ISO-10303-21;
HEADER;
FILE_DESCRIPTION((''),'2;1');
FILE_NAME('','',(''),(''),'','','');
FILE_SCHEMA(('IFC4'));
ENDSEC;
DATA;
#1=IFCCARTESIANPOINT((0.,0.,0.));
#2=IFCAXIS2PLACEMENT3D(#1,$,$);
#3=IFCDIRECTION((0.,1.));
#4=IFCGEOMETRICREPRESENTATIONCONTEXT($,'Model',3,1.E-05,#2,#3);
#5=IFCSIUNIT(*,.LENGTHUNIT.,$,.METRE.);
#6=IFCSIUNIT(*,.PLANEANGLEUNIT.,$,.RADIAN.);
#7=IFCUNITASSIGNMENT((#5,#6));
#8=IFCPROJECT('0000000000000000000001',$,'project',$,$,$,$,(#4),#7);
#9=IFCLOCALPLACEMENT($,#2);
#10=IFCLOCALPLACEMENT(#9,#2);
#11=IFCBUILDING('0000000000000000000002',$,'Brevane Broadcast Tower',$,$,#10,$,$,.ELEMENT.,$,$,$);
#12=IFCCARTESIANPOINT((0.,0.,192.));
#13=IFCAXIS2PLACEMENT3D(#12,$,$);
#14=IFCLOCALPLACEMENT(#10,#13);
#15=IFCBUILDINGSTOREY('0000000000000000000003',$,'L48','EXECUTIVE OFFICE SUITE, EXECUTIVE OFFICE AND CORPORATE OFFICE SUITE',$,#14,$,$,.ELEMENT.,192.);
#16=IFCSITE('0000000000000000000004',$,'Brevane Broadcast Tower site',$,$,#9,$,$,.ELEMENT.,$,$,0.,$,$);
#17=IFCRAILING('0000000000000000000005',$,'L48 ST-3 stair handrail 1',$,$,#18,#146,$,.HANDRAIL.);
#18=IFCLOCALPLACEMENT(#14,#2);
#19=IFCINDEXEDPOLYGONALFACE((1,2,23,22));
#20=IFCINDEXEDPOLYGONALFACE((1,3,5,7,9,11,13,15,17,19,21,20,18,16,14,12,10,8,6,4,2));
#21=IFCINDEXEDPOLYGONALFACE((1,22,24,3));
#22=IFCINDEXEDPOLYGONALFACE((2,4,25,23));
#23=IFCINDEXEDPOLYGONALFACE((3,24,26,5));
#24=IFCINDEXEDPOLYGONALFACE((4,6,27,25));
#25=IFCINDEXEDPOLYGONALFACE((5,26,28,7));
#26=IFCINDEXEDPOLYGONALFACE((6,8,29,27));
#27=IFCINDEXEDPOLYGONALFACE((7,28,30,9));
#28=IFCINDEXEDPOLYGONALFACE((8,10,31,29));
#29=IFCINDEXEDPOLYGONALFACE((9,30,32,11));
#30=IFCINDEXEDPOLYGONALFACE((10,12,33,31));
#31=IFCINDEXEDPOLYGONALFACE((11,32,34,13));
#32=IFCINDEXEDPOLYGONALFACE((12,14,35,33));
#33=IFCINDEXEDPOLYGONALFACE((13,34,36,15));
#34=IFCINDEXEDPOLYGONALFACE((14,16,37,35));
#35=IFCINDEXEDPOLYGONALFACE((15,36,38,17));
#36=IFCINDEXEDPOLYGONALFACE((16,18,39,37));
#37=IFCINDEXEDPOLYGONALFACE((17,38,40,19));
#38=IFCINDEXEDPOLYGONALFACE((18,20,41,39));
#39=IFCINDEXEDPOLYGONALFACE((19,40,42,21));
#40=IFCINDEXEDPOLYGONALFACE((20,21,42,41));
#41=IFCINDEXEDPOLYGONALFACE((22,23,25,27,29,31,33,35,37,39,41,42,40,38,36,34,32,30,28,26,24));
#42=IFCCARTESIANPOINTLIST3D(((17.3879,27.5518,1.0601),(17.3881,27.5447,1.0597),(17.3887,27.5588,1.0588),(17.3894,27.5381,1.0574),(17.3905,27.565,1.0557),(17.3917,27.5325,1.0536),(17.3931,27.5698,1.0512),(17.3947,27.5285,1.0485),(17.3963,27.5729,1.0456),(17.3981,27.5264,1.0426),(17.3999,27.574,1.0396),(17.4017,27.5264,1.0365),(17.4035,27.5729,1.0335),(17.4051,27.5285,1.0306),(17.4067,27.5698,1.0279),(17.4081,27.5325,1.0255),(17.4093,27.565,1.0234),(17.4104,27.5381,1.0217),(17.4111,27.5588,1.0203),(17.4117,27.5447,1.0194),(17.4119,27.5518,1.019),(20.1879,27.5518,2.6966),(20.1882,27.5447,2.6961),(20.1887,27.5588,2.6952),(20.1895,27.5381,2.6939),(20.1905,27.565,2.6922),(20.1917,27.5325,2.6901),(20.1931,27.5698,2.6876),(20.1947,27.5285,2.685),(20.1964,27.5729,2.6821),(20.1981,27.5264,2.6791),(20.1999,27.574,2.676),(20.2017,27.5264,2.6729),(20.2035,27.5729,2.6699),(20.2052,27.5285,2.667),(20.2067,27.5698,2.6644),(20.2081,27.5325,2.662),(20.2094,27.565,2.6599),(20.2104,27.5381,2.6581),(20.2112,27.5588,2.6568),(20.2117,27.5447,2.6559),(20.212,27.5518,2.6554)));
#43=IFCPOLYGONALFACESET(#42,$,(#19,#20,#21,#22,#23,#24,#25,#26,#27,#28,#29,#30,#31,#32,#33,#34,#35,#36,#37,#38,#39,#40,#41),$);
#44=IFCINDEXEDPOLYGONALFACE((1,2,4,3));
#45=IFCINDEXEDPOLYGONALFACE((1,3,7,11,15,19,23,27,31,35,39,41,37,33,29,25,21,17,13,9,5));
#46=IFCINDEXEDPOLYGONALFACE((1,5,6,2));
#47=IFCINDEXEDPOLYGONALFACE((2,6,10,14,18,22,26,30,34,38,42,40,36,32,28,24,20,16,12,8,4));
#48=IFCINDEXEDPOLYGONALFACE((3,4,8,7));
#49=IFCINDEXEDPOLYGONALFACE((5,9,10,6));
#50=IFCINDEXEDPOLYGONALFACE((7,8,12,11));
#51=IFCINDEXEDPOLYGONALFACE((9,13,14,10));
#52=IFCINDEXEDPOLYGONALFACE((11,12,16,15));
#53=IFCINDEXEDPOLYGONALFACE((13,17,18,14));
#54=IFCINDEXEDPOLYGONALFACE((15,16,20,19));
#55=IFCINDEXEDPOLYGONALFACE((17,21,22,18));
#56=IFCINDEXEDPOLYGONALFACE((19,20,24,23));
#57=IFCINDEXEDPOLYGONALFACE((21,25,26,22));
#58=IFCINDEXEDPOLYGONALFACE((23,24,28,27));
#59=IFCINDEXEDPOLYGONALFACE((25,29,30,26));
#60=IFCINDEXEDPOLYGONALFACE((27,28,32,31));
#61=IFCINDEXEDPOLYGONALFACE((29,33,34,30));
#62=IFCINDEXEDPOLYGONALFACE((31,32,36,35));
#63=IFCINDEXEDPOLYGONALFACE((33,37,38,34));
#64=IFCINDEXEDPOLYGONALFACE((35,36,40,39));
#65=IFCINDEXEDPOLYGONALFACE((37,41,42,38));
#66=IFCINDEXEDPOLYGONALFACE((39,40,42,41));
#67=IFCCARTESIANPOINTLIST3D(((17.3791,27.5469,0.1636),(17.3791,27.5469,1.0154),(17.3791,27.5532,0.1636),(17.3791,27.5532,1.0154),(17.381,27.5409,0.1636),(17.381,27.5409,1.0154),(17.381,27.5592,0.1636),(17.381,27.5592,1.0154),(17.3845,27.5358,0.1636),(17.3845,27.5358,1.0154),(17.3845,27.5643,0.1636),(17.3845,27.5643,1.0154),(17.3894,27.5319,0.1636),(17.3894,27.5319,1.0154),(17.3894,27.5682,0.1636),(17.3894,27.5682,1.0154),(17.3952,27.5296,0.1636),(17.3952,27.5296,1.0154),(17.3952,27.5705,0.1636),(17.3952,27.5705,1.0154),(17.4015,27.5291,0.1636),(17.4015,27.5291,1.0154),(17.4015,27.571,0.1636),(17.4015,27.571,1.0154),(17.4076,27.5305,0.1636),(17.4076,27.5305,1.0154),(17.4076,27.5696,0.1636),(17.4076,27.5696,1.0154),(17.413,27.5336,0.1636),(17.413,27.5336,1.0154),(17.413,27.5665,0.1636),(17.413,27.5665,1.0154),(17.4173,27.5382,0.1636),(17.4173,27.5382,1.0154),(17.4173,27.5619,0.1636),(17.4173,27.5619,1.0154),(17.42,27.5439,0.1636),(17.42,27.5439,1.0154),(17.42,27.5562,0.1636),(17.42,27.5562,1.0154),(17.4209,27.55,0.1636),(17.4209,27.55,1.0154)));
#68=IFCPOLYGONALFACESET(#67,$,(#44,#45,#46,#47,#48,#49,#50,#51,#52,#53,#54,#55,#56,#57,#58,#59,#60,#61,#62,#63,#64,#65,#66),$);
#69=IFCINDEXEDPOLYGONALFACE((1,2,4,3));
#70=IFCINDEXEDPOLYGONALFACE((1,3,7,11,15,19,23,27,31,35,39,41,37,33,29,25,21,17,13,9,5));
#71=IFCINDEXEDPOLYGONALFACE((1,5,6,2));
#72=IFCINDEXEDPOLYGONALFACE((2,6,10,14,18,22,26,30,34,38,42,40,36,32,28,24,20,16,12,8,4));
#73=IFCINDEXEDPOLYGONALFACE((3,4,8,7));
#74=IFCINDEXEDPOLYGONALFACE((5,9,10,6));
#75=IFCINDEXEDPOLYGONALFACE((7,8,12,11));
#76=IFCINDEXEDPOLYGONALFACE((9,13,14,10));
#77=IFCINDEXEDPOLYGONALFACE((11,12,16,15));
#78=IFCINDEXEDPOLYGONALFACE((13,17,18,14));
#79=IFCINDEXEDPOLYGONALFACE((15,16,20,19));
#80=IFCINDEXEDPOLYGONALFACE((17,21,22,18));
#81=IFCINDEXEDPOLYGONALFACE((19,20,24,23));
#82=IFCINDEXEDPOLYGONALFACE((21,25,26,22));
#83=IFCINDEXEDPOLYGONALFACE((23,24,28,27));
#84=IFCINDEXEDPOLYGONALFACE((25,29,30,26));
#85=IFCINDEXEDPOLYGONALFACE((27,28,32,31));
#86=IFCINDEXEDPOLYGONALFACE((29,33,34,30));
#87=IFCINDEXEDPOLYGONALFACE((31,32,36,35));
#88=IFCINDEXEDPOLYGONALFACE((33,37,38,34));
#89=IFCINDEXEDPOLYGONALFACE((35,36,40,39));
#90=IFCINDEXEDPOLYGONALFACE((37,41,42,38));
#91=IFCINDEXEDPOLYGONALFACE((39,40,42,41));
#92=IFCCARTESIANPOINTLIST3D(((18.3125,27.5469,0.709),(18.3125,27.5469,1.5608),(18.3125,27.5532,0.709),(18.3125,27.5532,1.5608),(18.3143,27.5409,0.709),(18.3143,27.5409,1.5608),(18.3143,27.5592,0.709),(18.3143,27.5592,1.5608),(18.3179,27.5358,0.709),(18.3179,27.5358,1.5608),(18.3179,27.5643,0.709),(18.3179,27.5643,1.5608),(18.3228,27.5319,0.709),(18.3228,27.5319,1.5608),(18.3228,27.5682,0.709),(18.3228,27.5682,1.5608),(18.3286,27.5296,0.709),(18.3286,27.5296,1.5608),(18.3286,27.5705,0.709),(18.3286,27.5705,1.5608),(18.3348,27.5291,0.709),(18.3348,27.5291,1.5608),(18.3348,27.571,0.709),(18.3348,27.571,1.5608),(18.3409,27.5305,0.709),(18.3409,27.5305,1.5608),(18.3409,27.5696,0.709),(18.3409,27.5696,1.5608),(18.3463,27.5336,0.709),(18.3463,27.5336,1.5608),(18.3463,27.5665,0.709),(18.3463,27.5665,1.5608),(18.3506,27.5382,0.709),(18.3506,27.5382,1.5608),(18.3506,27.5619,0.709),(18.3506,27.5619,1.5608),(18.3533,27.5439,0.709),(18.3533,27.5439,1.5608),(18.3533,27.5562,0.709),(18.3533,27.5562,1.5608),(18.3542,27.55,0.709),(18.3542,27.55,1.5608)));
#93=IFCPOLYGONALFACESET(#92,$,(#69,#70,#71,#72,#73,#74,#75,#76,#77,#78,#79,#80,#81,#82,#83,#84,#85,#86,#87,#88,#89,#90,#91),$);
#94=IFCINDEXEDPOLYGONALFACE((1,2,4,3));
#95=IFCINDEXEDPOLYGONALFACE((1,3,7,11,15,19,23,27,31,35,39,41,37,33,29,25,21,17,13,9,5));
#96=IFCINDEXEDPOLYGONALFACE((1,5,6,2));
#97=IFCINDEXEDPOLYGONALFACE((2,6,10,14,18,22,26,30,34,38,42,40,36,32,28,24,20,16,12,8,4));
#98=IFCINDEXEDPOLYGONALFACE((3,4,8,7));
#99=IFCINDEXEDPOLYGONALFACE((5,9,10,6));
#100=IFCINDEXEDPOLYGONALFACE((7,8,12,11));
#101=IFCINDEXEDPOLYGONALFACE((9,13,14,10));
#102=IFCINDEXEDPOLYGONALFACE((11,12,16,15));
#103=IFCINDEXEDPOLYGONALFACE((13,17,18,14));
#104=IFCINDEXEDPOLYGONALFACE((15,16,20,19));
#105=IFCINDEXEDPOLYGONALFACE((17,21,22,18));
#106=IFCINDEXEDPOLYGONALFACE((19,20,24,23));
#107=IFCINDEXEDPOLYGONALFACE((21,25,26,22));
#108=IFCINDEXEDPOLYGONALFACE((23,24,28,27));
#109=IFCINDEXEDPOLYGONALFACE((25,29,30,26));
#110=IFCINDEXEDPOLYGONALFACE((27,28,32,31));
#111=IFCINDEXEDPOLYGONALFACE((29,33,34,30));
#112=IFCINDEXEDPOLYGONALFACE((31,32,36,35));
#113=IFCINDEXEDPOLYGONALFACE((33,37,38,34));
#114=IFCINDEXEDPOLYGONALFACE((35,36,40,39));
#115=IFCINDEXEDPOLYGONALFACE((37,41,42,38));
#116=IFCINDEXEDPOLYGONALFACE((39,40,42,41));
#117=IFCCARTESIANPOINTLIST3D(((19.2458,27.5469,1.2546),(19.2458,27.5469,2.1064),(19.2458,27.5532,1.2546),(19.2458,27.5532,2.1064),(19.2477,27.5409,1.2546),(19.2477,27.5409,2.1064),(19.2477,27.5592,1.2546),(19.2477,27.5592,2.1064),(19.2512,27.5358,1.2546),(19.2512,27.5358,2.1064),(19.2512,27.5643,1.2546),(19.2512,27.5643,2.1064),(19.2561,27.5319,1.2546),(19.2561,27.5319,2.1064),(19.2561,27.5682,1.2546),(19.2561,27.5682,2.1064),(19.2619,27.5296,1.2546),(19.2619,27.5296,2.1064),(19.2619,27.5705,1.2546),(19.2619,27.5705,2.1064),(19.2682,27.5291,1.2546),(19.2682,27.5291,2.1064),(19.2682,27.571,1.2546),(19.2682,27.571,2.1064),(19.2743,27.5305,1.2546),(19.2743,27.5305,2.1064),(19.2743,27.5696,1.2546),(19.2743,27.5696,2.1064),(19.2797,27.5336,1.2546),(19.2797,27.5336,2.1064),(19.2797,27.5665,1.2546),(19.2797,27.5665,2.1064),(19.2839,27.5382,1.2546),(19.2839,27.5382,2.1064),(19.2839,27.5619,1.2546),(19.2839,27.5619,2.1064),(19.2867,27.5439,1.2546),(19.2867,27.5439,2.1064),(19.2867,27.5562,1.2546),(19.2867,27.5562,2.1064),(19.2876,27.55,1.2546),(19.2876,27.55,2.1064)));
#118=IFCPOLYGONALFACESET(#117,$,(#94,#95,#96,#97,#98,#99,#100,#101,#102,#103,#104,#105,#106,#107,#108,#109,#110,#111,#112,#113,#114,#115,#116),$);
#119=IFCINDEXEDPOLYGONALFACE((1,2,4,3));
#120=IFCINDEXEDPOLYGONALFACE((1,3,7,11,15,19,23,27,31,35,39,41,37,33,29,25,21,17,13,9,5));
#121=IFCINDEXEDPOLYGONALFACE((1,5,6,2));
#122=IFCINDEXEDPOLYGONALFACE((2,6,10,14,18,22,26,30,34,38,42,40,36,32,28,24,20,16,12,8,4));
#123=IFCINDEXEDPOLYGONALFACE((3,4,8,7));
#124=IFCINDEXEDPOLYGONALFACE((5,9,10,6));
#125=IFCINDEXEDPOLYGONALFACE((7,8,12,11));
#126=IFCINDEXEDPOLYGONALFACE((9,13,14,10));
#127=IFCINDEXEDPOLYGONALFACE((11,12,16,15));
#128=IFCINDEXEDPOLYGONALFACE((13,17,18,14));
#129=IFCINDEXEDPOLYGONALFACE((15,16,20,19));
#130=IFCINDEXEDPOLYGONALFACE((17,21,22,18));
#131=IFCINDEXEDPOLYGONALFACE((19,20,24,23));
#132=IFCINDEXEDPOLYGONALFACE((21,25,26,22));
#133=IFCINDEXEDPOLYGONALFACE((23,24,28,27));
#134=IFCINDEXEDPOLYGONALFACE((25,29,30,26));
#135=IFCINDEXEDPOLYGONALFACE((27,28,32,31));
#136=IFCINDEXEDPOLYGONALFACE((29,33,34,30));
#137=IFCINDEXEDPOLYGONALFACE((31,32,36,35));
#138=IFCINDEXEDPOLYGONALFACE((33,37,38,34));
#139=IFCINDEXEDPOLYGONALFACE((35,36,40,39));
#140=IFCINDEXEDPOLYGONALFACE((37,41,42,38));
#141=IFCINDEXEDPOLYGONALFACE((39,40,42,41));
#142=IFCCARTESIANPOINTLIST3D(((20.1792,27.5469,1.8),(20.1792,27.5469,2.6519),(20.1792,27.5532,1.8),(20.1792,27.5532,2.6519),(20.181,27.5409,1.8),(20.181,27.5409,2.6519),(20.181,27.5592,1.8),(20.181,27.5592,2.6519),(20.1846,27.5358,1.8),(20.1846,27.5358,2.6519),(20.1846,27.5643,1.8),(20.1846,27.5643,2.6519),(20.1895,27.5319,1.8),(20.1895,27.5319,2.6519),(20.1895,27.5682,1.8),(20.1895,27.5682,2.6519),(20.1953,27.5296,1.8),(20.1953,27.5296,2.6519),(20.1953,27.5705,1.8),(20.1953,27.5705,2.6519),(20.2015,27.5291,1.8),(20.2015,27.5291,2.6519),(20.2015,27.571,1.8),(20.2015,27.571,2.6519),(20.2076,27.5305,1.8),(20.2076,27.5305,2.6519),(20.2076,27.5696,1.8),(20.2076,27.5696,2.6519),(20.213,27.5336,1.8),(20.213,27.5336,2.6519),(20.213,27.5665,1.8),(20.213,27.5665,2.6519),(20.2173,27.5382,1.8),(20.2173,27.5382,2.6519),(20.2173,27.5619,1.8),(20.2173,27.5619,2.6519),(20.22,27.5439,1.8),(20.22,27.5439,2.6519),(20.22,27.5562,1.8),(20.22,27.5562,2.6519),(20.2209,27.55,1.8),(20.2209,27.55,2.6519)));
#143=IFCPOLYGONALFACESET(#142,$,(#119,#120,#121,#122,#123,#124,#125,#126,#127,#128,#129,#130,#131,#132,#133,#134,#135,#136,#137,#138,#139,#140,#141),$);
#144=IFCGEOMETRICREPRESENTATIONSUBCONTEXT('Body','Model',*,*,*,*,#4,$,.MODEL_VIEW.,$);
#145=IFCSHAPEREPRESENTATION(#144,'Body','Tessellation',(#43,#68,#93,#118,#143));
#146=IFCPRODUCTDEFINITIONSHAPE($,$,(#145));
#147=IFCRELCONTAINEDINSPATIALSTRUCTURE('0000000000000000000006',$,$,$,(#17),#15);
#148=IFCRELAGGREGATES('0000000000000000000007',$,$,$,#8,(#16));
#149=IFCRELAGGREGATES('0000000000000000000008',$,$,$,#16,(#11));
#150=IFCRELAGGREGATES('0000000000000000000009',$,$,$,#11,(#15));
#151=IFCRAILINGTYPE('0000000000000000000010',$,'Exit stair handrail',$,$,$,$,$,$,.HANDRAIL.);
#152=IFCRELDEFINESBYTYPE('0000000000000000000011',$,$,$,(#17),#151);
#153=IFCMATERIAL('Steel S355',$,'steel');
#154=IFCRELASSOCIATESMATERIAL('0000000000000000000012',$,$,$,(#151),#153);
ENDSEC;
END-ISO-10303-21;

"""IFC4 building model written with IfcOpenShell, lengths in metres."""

from ifc_helpers import new_model, si_unit, direction, frame, origin, origin_2d, place, context, subcontext, project, spatial, circle, extrude, material, type_object, element, save


model = new_model("IFC4")

# Units and contexts
model_context = context("Model", 3, precision=1e-05, world=origin(), true_north=direction((0.0, 1.0)))
body_context = subcontext(model_context, "Body", "Model", "MODEL_VIEW")
ifc_project = project(units=[si_unit("LENGTHUNIT", "METRE"), si_unit("PLANEANGLEUNIT", "RADIAN")], contexts=[model_context])

# Site, building, storey
site_placement = place(None, origin())
site = spatial("IfcSite", under=ifc_project, at=site_placement, Name="Brevane Broadcast Tower site", CompositionType="ELEMENT", RefElevation=0.0)
building_placement = place(site_placement, origin())
building = spatial("IfcBuilding", under=site, at=building_placement, Name="Brevane Broadcast Tower", CompositionType="ELEMENT")
storey_placement = place(building_placement, frame((0.0, 0.0, 192.0)))
storey = spatial("IfcBuildingStorey", under=building, at=storey_placement, Name="L48", Description="EXECUTIVE OFFICE SUITE, EXECUTIVE OFFICE AND CORPORATE OFFICE SUITE", CompositionType="ELEMENT", Elevation=192.0)

# Railing
ifc_material_1 = material(Name="Steel S355", Category="steel")
railing_type_1 = type_object("IfcRailingType", Name="Exit stair handrail", PredefinedType="HANDRAIL", material=ifc_material_1)
railing_1_placement = place(storey_placement, frame((17.3999, 27.55, 0.1636)))
element("IfcRailing", 1, at=railing_1_placement, inside=storey, type_object=railing_type_1, Name="L48 ST-3 stair handrail 1", PredefinedType="HANDRAIL", context=body_context, shape_type="SweptSolid", body=[
    extrude(circle(Radius=0.0239, at=origin_2d()), frame((0.0, 0.0, 0.876), z_axis=(0.863361, 0.0, 0.504587), x_axis=(0.0, 1.0, 0.0)), (0.0, 0.0, 1.0), 3.2432),
    extrude(circle(Radius=0.021, at=origin_2d()), origin(), (0.0, 0.0, 1.0), 0.8518),
    extrude(circle(Radius=0.021, at=origin_2d()), frame((0.9333, 0.0, 0.5454)), (0.0, 0.0, 1.0), 0.8518),
    extrude(circle(Radius=0.021, at=origin_2d()), frame((1.8667, 0.0, 1.0911)), (0.0, 0.0, 1.0), 0.8518),
    extrude(circle(Radius=0.021, at=origin_2d()), frame((2.8, 0.0, 1.6365)), (0.0, 0.0, 1.0), 0.8518),
])

save(model, "model.ifc")
